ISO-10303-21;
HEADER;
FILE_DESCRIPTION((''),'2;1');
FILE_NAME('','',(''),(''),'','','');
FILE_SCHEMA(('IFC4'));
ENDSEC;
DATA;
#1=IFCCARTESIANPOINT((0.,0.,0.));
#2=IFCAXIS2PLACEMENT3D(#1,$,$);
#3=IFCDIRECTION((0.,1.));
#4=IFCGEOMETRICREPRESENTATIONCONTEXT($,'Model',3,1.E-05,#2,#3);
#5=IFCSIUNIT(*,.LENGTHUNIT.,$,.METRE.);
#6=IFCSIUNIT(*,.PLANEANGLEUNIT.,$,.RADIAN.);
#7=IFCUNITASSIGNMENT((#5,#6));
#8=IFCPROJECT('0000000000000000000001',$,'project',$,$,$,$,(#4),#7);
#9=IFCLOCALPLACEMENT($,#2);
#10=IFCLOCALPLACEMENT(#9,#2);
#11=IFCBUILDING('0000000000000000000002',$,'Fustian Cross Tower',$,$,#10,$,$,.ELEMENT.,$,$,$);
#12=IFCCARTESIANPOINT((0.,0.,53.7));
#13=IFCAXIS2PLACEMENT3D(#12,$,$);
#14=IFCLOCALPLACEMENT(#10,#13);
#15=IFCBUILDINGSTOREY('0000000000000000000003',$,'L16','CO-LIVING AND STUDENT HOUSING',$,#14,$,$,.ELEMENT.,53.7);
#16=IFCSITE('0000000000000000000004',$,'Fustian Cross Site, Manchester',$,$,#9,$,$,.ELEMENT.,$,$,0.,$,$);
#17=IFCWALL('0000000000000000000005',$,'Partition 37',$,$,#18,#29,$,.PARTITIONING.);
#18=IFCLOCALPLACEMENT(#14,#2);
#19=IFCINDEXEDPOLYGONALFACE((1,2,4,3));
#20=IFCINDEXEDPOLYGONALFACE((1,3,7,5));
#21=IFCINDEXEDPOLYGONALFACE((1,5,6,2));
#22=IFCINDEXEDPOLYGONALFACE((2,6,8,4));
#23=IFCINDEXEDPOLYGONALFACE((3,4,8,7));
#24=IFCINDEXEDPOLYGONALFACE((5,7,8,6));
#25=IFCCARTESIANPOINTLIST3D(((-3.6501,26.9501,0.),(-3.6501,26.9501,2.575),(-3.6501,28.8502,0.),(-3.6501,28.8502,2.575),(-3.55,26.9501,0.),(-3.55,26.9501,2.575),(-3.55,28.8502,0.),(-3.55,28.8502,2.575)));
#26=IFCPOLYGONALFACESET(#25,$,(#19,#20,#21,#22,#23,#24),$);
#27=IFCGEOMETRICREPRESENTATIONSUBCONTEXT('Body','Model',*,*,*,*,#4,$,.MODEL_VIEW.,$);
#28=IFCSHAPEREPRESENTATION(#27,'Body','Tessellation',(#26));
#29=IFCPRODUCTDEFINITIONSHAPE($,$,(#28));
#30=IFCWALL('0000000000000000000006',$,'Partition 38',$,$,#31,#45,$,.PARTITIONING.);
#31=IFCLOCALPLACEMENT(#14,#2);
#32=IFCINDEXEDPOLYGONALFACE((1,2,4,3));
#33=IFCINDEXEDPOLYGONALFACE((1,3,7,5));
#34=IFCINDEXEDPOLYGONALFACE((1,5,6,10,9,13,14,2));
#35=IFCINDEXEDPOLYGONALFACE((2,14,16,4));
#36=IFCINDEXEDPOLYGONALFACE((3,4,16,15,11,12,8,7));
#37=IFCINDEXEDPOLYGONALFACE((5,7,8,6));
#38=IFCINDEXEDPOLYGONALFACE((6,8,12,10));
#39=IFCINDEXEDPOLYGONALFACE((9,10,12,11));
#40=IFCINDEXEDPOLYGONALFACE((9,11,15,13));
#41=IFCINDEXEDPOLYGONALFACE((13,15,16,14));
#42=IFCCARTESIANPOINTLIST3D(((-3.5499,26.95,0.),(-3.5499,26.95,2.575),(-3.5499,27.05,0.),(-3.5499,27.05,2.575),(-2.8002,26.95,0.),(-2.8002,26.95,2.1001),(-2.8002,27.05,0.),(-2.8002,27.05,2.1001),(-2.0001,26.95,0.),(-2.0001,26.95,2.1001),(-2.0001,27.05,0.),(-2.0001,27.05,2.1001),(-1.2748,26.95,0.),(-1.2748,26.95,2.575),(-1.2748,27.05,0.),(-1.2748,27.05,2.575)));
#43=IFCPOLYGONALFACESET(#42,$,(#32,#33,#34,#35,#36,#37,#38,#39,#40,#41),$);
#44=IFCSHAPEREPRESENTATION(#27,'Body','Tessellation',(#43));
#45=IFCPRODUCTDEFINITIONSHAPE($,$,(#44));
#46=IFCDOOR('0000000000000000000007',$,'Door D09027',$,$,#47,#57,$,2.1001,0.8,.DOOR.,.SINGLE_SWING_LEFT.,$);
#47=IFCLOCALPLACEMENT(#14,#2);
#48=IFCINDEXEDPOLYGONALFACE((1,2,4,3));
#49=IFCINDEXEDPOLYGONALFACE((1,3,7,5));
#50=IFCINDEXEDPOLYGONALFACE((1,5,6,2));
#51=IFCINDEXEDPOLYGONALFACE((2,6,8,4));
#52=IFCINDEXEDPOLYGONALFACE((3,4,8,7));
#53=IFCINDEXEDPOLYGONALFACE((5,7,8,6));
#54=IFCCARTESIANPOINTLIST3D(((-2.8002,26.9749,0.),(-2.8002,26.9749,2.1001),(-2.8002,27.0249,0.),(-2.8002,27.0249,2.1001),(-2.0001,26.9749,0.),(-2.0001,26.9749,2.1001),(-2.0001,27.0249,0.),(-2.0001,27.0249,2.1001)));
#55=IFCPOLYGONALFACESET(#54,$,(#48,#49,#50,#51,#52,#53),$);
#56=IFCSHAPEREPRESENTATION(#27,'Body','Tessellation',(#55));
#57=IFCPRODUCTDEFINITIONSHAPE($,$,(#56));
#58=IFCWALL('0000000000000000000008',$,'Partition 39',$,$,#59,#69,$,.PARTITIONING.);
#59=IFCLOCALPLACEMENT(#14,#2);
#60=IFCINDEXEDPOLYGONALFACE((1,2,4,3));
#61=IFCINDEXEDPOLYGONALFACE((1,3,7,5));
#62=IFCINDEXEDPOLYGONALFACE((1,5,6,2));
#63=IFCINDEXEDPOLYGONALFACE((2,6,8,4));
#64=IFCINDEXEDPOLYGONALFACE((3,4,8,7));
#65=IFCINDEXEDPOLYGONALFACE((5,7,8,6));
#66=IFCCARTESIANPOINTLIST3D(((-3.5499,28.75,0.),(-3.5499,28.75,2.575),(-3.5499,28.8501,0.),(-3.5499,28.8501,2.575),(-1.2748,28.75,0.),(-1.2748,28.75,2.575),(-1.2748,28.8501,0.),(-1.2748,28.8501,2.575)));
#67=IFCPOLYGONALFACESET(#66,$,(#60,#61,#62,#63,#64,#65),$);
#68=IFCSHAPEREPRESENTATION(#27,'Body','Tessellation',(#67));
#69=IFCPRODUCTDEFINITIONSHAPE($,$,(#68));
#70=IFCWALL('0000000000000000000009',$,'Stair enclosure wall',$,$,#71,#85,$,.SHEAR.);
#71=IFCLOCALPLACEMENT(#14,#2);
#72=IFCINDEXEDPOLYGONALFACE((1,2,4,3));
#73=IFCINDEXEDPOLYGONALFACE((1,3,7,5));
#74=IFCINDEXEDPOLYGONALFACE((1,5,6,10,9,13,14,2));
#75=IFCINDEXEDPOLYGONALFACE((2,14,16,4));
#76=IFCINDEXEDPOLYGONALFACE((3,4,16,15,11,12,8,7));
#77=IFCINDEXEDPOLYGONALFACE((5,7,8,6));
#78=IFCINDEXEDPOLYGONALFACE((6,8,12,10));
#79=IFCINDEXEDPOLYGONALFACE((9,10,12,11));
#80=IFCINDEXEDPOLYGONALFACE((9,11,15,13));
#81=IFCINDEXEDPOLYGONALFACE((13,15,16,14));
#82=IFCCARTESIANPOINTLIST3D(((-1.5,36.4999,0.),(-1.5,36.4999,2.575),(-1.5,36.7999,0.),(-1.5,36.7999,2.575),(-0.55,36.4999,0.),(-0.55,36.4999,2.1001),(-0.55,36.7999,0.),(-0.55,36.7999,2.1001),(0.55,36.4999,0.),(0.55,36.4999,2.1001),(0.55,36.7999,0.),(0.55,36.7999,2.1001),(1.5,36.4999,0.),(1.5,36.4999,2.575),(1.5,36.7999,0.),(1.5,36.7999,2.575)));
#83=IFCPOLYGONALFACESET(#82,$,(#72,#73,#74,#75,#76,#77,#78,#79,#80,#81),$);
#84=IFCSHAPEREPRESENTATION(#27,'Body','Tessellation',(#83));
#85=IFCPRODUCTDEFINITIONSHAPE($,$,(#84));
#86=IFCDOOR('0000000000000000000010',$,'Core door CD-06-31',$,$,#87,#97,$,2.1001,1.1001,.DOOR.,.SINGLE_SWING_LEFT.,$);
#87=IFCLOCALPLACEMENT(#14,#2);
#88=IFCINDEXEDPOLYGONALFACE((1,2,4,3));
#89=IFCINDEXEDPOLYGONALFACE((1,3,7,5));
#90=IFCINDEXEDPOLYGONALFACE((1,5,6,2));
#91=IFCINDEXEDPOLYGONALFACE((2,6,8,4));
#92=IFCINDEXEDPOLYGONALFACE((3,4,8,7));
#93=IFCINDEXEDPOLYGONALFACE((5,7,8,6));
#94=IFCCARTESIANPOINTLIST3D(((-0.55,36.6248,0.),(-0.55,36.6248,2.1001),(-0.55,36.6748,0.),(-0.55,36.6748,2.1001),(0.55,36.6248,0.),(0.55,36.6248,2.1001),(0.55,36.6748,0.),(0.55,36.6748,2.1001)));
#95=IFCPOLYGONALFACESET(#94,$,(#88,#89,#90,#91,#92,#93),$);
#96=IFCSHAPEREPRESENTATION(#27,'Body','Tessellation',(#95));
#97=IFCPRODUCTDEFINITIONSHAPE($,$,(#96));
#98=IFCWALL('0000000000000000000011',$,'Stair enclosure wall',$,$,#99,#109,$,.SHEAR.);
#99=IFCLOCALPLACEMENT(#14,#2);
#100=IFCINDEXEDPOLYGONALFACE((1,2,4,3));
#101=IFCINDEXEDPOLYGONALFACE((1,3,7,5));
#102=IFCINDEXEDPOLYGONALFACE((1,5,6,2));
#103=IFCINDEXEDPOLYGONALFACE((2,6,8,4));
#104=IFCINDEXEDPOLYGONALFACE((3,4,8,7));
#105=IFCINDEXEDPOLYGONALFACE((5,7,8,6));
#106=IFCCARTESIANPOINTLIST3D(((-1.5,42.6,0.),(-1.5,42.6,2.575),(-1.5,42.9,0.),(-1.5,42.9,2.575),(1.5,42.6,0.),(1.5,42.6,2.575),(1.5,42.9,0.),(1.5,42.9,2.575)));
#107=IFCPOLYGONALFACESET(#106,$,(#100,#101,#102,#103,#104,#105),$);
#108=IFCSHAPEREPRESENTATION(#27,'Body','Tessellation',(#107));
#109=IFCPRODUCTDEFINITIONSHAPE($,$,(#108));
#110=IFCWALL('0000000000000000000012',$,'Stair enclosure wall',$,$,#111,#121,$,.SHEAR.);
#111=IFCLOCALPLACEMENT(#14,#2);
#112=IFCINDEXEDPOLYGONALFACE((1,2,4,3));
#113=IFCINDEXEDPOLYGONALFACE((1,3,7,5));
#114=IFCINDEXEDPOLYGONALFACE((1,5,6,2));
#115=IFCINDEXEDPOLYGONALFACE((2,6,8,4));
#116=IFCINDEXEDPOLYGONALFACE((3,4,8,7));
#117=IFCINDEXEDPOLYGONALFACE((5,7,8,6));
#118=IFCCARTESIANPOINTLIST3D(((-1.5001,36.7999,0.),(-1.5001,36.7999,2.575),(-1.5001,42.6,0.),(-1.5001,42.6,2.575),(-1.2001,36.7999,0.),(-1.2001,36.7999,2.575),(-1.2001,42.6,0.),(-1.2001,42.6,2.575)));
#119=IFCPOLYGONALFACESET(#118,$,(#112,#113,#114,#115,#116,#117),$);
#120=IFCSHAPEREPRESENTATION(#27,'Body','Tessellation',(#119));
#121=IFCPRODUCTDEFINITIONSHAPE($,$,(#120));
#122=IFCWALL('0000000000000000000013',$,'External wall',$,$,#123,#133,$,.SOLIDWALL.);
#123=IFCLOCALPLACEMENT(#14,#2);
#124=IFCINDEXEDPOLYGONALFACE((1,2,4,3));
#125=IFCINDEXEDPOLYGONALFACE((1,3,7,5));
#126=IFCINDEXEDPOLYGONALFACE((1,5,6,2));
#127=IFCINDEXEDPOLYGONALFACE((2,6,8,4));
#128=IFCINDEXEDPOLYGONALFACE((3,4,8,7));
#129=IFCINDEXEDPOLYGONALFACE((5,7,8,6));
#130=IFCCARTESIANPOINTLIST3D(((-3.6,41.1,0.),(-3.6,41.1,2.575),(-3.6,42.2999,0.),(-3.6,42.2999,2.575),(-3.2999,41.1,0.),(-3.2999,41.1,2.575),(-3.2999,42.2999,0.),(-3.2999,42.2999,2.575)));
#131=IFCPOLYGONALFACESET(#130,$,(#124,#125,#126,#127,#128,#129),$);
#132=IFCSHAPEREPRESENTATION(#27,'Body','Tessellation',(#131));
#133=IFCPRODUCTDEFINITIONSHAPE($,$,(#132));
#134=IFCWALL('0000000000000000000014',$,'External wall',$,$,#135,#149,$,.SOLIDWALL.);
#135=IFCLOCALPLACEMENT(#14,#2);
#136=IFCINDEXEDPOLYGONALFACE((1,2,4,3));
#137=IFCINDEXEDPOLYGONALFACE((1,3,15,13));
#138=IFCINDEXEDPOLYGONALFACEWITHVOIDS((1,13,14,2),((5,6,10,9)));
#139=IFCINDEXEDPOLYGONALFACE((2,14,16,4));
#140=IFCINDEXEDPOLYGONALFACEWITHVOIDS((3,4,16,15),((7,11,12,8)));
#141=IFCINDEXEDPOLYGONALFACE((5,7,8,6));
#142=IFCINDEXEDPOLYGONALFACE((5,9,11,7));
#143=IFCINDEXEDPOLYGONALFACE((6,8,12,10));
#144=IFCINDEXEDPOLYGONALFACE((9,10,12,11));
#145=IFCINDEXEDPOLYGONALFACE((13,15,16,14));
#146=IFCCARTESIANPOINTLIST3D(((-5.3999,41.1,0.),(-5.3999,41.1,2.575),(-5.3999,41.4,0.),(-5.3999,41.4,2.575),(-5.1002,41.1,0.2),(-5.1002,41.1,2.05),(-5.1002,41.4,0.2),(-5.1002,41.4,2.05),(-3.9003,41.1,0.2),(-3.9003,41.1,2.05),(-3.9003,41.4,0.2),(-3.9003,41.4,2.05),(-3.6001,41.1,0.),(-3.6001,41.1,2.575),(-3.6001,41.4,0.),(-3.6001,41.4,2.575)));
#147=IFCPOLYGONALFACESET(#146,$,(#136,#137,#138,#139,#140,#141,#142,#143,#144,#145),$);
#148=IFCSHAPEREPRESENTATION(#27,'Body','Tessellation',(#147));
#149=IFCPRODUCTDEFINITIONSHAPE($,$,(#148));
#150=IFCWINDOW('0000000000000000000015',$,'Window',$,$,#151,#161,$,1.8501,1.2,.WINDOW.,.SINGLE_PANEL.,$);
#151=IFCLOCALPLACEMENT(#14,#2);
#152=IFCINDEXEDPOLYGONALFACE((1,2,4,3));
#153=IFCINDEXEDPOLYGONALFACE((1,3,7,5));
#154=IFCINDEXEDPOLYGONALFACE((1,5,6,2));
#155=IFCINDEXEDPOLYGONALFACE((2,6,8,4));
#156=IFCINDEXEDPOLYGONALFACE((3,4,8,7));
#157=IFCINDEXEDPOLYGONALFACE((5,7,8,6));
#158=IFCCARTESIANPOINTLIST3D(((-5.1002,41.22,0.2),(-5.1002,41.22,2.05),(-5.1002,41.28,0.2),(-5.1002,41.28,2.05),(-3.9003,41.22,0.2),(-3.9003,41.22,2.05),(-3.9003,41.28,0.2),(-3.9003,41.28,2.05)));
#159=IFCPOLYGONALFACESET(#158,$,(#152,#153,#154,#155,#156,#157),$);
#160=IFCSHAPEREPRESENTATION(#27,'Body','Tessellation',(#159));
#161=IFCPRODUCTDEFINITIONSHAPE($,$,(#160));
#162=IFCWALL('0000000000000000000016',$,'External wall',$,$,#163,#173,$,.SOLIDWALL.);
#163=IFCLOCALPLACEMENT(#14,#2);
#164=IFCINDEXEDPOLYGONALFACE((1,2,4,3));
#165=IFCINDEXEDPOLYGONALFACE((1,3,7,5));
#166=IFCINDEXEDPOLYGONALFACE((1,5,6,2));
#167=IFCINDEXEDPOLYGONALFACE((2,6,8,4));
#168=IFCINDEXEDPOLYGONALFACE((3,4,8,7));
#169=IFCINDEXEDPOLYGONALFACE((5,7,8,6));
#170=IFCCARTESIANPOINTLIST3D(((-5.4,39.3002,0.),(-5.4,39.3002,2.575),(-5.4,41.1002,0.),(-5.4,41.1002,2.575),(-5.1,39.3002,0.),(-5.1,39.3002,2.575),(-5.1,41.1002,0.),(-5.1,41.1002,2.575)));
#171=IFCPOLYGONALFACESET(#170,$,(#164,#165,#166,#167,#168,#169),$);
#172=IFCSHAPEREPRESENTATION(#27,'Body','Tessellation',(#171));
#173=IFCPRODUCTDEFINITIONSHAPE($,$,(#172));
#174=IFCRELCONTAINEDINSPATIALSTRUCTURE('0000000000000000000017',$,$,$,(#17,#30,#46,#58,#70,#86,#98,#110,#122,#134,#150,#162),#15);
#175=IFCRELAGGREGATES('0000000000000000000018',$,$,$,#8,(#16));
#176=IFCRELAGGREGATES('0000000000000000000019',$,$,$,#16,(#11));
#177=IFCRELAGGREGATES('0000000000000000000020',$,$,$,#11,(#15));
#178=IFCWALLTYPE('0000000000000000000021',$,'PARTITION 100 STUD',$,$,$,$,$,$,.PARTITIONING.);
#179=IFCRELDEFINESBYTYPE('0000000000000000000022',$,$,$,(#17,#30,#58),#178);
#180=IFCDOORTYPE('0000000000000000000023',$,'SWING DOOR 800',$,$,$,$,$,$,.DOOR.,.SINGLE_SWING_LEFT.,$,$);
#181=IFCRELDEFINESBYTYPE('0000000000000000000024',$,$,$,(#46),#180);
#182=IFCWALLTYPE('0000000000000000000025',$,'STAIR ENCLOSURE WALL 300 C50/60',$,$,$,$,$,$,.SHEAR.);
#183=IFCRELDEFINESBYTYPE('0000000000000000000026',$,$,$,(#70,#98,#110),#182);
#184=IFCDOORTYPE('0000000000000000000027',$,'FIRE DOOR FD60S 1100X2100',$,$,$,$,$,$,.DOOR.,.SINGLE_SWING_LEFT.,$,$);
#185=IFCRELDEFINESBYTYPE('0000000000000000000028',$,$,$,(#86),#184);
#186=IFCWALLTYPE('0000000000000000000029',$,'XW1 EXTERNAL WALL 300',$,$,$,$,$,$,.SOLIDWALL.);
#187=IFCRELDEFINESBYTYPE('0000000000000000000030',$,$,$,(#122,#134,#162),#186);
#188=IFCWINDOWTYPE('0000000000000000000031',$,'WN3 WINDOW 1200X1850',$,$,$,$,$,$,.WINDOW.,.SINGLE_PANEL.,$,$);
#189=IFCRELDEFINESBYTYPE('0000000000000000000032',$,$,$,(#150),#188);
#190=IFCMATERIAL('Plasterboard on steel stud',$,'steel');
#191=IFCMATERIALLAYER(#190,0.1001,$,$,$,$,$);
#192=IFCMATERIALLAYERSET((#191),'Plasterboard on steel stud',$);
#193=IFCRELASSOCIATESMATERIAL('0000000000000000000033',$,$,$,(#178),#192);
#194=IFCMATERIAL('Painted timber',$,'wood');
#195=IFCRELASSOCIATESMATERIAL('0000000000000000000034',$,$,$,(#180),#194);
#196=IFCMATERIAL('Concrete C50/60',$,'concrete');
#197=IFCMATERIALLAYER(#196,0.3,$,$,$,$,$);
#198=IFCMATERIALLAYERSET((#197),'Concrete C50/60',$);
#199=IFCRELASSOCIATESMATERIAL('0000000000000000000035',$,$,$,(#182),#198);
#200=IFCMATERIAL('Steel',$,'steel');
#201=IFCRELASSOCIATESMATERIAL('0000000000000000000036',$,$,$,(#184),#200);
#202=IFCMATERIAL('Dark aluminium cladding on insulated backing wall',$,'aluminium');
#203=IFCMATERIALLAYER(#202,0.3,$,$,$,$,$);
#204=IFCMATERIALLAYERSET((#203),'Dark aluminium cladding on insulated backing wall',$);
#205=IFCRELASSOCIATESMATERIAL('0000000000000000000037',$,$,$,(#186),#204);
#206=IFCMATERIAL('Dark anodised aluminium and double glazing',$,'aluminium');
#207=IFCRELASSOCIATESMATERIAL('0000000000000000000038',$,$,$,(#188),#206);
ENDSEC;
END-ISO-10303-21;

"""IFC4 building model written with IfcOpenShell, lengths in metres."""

from ifc_helpers import new_model, si_unit, direction, frame, frame_2d, origin, place, context, subcontext, project, spatial, rectangle, extrude, material, layer, layer_set, type_object, element, fill, save


model = new_model("IFC4")

# Units and contexts
model_context = context("Model", 3, precision=1e-05, world=origin(), true_north=direction((0.0, 1.0)))
body_context = subcontext(model_context, "Body", "Model", "MODEL_VIEW")
ifc_project = project(units=[si_unit("LENGTHUNIT", "METRE"), si_unit("PLANEANGLEUNIT", "RADIAN")], contexts=[model_context])

# Site, building, storey
site_placement = place(None, origin())
site = spatial("IfcSite", under=ifc_project, at=site_placement, Name="Fustian Cross Site, Manchester", CompositionType="ELEMENT", RefElevation=0.0)
building_placement = place(site_placement, origin())
building = spatial("IfcBuilding", under=site, at=building_placement, Name="Fustian Cross Tower", CompositionType="ELEMENT")
storey_placement = place(building_placement, frame((0.0, 0.0, 53.7)))
storey = spatial("IfcBuildingStorey", under=building, at=storey_placement, Name="L16", Description="CO-LIVING AND STUDENT HOUSING", CompositionType="ELEMENT", Elevation=53.7)

# Shared definitions
ifc_material_1 = material(Name="Plasterboard on steel stud", Category="steel")
ifc_layer_1 = layer(ifc_material_1, 0.1001)
ifc_layer_set_1 = layer_set([ifc_layer_1], Name="Plasterboard on steel stud")
wall_type_1 = type_object("IfcWallType", Name="PARTITION 100 STUD", PredefinedType="PARTITIONING", material=ifc_layer_set_1)

# Shared definitions
ifc_material_2 = material(Name="Painted timber", Category="wood")
door_type_1 = type_object("IfcDoorType", Name="SWING DOOR 800", OperationType="SINGLE_SWING_LEFT", PredefinedType="DOOR", material=ifc_material_2)

# Wall
wall_1_placement = place(storey_placement, frame((-3.6001, 26.95, 0.0), z_axis=(0.0, 0.0, 1.0), x_axis=(0.0, 1.0, 0.0)))
element("IfcWall", 1, at=wall_1_placement, inside=storey, type_object=wall_type_1, Name="Partition 37", PredefinedType="PARTITIONING", context=body_context, shape_type="SweptSolid", body=[
    extrude(rectangle(XDim=1.9001, YDim=0.1001, at=frame_2d((0.9502, 0.0))), origin(), (0.0, 0.0, 1.0), 2.575),
])

# Wall, opening, door
wall_2_placement = place(storey_placement, frame((-3.55, 27.0, 0.0), z_axis=(0.0, 0.0, 1.0), x_axis=(1.0, 0.0, 0.0)))
wall_2 = element("IfcWall", 2, at=wall_2_placement, inside=storey, type_object=wall_type_1, Name="Partition 38", PredefinedType="PARTITIONING", context=body_context, shape_type="SweptSolid", body=[
    extrude(rectangle(XDim=2.2751, YDim=0.1001, at=frame_2d((1.1377, 0.0))), origin(), (0.0, 0.0, 1.0), 2.575),
])
opening_1_placement = place(wall_2_placement, frame((0.75, 0.0, 0.0)))
opening_1 = element("IfcOpeningElement", 3, at=opening_1_placement, cuts=wall_2, PredefinedType="OPENING", context=body_context, shape_type="SweptSolid", body=[
    extrude(rectangle(XDim=0.8, YDim=2.1001, at=frame_2d((0.3999, 1.05))), frame((0.0, 0.0601, 0.0), z_axis=(0.0, -1.0, 0.0), x_axis=(1.0, 0.0, 0.0)), (0.0, 0.0, 1.0), 0.1201),
])
door_1_placement = place(opening_1_placement, origin())
door_1 = element("IfcDoor", 4, at=door_1_placement, inside=storey, type_object=door_type_1, Name="Door D09027", OperationType="SINGLE_SWING_LEFT", OverallHeight=2.1001, OverallWidth=0.8, PredefinedType="DOOR", context=body_context, shape_type="SweptSolid", body=[
    extrude(rectangle(XDim=0.8, YDim=2.1001, at=frame_2d((0.3999, 1.05))), frame((0.0, 0.0249, 0.0), z_axis=(0.0, -1.0, 0.0), x_axis=(1.0, 0.0, 0.0)), (0.0, 0.0, 1.0), 0.05),
])
fill(opening_1, door_1)

# Wall
wall_3_placement = place(storey_placement, frame((-3.55, 28.8, 0.0), z_axis=(0.0, 0.0, 1.0), x_axis=(1.0, 0.0, 0.0)))
element("IfcWall", 5, at=wall_3_placement, inside=storey, type_object=wall_type_1, Name="Partition 39", PredefinedType="PARTITIONING", context=body_context, shape_type="SweptSolid", body=[
    extrude(rectangle(XDim=2.2751, YDim=0.1001, at=frame_2d((1.1377, 0.0))), origin(), (0.0, 0.0, 1.0), 2.575),
])

# Wall, opening, door
ifc_material_3 = material(Name="Concrete C50/60", Category="concrete")
ifc_layer_2 = layer(ifc_material_3, 0.3)
ifc_layer_set_2 = layer_set([ifc_layer_2], Name="Concrete C50/60")
wall_type_2 = type_object("IfcWallType", Name="STAIR ENCLOSURE WALL 300 C50/60", PredefinedType="SHEAR", material=ifc_layer_set_2)
wall_4_placement = place(storey_placement, frame((-1.5, 36.6499, 0.0), z_axis=(0.0, 0.0, 1.0), x_axis=(1.0, 0.0, 0.0)))
wall_4 = element("IfcWall", 6, at=wall_4_placement, inside=storey, type_object=wall_type_2, Name="Stair enclosure wall", PredefinedType="SHEAR", context=body_context, shape_type="SweptSolid", body=[
    extrude(rectangle(XDim=3.0, YDim=0.3, at=frame_2d((1.5, 0.0))), origin(), (0.0, 0.0, 1.0), 2.575),
])
opening_2_placement = place(wall_4_placement, frame((0.95, 0.0, 0.0)))
opening_2 = element("IfcOpeningElement", 7, at=opening_2_placement, cuts=wall_4, PredefinedType="OPENING", context=body_context, shape_type="SweptSolid", body=[
    extrude(rectangle(XDim=1.1001, YDim=2.1001, at=frame_2d((0.55, 1.05))), frame((0.0, 0.1599, 0.0), z_axis=(0.0, -1.0, 0.0), x_axis=(1.0, 0.0, 0.0)), (0.0, 0.0, 1.0), 0.3201),
])
ifc_material_4 = material(Name="Steel", Category="steel")
door_type_2 = type_object("IfcDoorType", Name="FIRE DOOR FD60S 1100X2100", OperationType="SINGLE_SWING_LEFT", PredefinedType="DOOR", material=ifc_material_4)
door_2_placement = place(opening_2_placement, origin())
door_2 = element("IfcDoor", 8, at=door_2_placement, inside=storey, type_object=door_type_2, Name="Core door CD-06-31", OperationType="SINGLE_SWING_LEFT", OverallHeight=2.1001, OverallWidth=1.1001, PredefinedType="DOOR", context=body_context, shape_type="SweptSolid", body=[
    extrude(rectangle(XDim=1.1001, YDim=2.1001, at=frame_2d((0.55, 1.05))), frame((0.0, 0.0249, 0.0), z_axis=(0.0, -1.0, 0.0), x_axis=(1.0, 0.0, 0.0)), (0.0, 0.0, 1.0), 0.05),
])
fill(opening_2, door_2)

# Walls
wall_5_placement = place(storey_placement, frame((-1.5, 42.75, 0.0), z_axis=(0.0, 0.0, 1.0), x_axis=(1.0, 0.0, 0.0)))
element("IfcWall", 9, at=wall_5_placement, inside=storey, type_object=wall_type_2, Name="Stair enclosure wall", PredefinedType="SHEAR", context=body_context, shape_type="SweptSolid", body=[
    extrude(rectangle(XDim=3.0, YDim=0.3, at=frame_2d((1.5, 0.0))), origin(), (0.0, 0.0, 1.0), 2.575),
])
wall_6_placement = place(storey_placement, frame((-1.3501, 36.8, 0.0), z_axis=(0.0, 0.0, 1.0), x_axis=(0.0, 1.0, 0.0)))
element("IfcWall", 10, at=wall_6_placement, inside=storey, type_object=wall_type_2, Name="Stair enclosure wall", PredefinedType="SHEAR", context=body_context, shape_type="SweptSolid", body=[
    extrude(rectangle(XDim=5.8, YDim=0.3, at=frame_2d((2.8999, 0.0))), origin(), (0.0, 0.0, 1.0), 2.575),
])
ifc_material_5 = material(Name="Dark aluminium cladding on insulated backing wall", Category="aluminium")
ifc_layer_3 = layer(ifc_material_5, 0.3)
ifc_layer_set_3 = layer_set([ifc_layer_3], Name="Dark aluminium cladding on insulated backing wall")
wall_type_3 = type_object("IfcWallType", Name="XW1 EXTERNAL WALL 300", PredefinedType="SOLIDWALL", material=ifc_layer_set_3)
wall_7_placement = place(storey_placement, frame((-3.45, 42.3, 0.0), z_axis=(0.0, 0.0, 1.0), x_axis=(0.0, -1.0, 0.0)))
element("IfcWall", 11, at=wall_7_placement, inside=storey, type_object=wall_type_3, Name="External wall", PredefinedType="SOLIDWALL", context=body_context, shape_type="SweptSolid", body=[
    extrude(rectangle(XDim=1.2, YDim=0.3, at=frame_2d((0.6001, 0.0))), origin(), (0.0, 0.0, 1.0), 2.575),
])

# Wall, opening, window
wall_8_placement = place(storey_placement, frame((-3.6001, 41.25, 0.0), z_axis=(0.0, 0.0, 1.0), x_axis=(-1.0, 0.0, 0.0)))
wall_8 = element("IfcWall", 12, at=wall_8_placement, inside=storey, type_object=wall_type_3, Name="External wall", PredefinedType="SOLIDWALL", context=body_context, shape_type="SweptSolid", body=[
    extrude(rectangle(XDim=1.7998, YDim=0.3, at=frame_2d((0.8999, 0.0))), origin(), (0.0, 0.0, 1.0), 2.575),
])
opening_3_placement = place(wall_8_placement, frame((0.3, 0.0, 0.2)))
opening_3 = element("IfcOpeningElement", 13, at=opening_3_placement, cuts=wall_8, PredefinedType="OPENING", context=body_context, shape_type="SweptSolid", body=[
    extrude(rectangle(XDim=1.2, YDim=1.8501, at=frame_2d((0.6001, 0.925))), frame((0.0, 0.1599, 0.0), z_axis=(0.0, -1.0, 0.0), x_axis=(1.0, 0.0, 0.0)), (0.0, 0.0, 1.0), 0.3201),
])
ifc_material_6 = material(Name="Dark anodised aluminium and double glazing", Category="aluminium")
window_type = type_object("IfcWindowType", Name="WN3 WINDOW 1200X1850", PartitioningType="SINGLE_PANEL", PredefinedType="WINDOW", material=ifc_material_6)
window_placement = place(opening_3_placement, origin())
window = element("IfcWindow", 14, at=window_placement, inside=storey, type_object=window_type, Name="Window", OverallHeight=1.8501, OverallWidth=1.2, PartitioningType="SINGLE_PANEL", PredefinedType="WINDOW", context=body_context, shape_type="SweptSolid", body=[
    extrude(rectangle(XDim=1.2, YDim=1.8501, at=frame_2d((0.6001, 0.925))), frame((0.0, 0.03, 0.0), z_axis=(0.0, -1.0, 0.0), x_axis=(1.0, 0.0, 0.0)), (0.0, 0.0, 1.0), 0.0601),
])
fill(opening_3, window)

# Wall
wall_9_placement = place(storey_placement, frame((-5.25, 41.1001, 0.0), z_axis=(0.0, 0.0, 1.0), x_axis=(0.0, -1.0, 0.0)))
element("IfcWall", 15, at=wall_9_placement, inside=storey, type_object=wall_type_3, Name="External wall", PredefinedType="SOLIDWALL", context=body_context, shape_type="SweptSolid", body=[
    extrude(rectangle(XDim=1.8, YDim=0.3, at=frame_2d((0.8999, 0.0))), origin(), (0.0, 0.0, 1.0), 2.575),
])

save(model, "model.ifc")
